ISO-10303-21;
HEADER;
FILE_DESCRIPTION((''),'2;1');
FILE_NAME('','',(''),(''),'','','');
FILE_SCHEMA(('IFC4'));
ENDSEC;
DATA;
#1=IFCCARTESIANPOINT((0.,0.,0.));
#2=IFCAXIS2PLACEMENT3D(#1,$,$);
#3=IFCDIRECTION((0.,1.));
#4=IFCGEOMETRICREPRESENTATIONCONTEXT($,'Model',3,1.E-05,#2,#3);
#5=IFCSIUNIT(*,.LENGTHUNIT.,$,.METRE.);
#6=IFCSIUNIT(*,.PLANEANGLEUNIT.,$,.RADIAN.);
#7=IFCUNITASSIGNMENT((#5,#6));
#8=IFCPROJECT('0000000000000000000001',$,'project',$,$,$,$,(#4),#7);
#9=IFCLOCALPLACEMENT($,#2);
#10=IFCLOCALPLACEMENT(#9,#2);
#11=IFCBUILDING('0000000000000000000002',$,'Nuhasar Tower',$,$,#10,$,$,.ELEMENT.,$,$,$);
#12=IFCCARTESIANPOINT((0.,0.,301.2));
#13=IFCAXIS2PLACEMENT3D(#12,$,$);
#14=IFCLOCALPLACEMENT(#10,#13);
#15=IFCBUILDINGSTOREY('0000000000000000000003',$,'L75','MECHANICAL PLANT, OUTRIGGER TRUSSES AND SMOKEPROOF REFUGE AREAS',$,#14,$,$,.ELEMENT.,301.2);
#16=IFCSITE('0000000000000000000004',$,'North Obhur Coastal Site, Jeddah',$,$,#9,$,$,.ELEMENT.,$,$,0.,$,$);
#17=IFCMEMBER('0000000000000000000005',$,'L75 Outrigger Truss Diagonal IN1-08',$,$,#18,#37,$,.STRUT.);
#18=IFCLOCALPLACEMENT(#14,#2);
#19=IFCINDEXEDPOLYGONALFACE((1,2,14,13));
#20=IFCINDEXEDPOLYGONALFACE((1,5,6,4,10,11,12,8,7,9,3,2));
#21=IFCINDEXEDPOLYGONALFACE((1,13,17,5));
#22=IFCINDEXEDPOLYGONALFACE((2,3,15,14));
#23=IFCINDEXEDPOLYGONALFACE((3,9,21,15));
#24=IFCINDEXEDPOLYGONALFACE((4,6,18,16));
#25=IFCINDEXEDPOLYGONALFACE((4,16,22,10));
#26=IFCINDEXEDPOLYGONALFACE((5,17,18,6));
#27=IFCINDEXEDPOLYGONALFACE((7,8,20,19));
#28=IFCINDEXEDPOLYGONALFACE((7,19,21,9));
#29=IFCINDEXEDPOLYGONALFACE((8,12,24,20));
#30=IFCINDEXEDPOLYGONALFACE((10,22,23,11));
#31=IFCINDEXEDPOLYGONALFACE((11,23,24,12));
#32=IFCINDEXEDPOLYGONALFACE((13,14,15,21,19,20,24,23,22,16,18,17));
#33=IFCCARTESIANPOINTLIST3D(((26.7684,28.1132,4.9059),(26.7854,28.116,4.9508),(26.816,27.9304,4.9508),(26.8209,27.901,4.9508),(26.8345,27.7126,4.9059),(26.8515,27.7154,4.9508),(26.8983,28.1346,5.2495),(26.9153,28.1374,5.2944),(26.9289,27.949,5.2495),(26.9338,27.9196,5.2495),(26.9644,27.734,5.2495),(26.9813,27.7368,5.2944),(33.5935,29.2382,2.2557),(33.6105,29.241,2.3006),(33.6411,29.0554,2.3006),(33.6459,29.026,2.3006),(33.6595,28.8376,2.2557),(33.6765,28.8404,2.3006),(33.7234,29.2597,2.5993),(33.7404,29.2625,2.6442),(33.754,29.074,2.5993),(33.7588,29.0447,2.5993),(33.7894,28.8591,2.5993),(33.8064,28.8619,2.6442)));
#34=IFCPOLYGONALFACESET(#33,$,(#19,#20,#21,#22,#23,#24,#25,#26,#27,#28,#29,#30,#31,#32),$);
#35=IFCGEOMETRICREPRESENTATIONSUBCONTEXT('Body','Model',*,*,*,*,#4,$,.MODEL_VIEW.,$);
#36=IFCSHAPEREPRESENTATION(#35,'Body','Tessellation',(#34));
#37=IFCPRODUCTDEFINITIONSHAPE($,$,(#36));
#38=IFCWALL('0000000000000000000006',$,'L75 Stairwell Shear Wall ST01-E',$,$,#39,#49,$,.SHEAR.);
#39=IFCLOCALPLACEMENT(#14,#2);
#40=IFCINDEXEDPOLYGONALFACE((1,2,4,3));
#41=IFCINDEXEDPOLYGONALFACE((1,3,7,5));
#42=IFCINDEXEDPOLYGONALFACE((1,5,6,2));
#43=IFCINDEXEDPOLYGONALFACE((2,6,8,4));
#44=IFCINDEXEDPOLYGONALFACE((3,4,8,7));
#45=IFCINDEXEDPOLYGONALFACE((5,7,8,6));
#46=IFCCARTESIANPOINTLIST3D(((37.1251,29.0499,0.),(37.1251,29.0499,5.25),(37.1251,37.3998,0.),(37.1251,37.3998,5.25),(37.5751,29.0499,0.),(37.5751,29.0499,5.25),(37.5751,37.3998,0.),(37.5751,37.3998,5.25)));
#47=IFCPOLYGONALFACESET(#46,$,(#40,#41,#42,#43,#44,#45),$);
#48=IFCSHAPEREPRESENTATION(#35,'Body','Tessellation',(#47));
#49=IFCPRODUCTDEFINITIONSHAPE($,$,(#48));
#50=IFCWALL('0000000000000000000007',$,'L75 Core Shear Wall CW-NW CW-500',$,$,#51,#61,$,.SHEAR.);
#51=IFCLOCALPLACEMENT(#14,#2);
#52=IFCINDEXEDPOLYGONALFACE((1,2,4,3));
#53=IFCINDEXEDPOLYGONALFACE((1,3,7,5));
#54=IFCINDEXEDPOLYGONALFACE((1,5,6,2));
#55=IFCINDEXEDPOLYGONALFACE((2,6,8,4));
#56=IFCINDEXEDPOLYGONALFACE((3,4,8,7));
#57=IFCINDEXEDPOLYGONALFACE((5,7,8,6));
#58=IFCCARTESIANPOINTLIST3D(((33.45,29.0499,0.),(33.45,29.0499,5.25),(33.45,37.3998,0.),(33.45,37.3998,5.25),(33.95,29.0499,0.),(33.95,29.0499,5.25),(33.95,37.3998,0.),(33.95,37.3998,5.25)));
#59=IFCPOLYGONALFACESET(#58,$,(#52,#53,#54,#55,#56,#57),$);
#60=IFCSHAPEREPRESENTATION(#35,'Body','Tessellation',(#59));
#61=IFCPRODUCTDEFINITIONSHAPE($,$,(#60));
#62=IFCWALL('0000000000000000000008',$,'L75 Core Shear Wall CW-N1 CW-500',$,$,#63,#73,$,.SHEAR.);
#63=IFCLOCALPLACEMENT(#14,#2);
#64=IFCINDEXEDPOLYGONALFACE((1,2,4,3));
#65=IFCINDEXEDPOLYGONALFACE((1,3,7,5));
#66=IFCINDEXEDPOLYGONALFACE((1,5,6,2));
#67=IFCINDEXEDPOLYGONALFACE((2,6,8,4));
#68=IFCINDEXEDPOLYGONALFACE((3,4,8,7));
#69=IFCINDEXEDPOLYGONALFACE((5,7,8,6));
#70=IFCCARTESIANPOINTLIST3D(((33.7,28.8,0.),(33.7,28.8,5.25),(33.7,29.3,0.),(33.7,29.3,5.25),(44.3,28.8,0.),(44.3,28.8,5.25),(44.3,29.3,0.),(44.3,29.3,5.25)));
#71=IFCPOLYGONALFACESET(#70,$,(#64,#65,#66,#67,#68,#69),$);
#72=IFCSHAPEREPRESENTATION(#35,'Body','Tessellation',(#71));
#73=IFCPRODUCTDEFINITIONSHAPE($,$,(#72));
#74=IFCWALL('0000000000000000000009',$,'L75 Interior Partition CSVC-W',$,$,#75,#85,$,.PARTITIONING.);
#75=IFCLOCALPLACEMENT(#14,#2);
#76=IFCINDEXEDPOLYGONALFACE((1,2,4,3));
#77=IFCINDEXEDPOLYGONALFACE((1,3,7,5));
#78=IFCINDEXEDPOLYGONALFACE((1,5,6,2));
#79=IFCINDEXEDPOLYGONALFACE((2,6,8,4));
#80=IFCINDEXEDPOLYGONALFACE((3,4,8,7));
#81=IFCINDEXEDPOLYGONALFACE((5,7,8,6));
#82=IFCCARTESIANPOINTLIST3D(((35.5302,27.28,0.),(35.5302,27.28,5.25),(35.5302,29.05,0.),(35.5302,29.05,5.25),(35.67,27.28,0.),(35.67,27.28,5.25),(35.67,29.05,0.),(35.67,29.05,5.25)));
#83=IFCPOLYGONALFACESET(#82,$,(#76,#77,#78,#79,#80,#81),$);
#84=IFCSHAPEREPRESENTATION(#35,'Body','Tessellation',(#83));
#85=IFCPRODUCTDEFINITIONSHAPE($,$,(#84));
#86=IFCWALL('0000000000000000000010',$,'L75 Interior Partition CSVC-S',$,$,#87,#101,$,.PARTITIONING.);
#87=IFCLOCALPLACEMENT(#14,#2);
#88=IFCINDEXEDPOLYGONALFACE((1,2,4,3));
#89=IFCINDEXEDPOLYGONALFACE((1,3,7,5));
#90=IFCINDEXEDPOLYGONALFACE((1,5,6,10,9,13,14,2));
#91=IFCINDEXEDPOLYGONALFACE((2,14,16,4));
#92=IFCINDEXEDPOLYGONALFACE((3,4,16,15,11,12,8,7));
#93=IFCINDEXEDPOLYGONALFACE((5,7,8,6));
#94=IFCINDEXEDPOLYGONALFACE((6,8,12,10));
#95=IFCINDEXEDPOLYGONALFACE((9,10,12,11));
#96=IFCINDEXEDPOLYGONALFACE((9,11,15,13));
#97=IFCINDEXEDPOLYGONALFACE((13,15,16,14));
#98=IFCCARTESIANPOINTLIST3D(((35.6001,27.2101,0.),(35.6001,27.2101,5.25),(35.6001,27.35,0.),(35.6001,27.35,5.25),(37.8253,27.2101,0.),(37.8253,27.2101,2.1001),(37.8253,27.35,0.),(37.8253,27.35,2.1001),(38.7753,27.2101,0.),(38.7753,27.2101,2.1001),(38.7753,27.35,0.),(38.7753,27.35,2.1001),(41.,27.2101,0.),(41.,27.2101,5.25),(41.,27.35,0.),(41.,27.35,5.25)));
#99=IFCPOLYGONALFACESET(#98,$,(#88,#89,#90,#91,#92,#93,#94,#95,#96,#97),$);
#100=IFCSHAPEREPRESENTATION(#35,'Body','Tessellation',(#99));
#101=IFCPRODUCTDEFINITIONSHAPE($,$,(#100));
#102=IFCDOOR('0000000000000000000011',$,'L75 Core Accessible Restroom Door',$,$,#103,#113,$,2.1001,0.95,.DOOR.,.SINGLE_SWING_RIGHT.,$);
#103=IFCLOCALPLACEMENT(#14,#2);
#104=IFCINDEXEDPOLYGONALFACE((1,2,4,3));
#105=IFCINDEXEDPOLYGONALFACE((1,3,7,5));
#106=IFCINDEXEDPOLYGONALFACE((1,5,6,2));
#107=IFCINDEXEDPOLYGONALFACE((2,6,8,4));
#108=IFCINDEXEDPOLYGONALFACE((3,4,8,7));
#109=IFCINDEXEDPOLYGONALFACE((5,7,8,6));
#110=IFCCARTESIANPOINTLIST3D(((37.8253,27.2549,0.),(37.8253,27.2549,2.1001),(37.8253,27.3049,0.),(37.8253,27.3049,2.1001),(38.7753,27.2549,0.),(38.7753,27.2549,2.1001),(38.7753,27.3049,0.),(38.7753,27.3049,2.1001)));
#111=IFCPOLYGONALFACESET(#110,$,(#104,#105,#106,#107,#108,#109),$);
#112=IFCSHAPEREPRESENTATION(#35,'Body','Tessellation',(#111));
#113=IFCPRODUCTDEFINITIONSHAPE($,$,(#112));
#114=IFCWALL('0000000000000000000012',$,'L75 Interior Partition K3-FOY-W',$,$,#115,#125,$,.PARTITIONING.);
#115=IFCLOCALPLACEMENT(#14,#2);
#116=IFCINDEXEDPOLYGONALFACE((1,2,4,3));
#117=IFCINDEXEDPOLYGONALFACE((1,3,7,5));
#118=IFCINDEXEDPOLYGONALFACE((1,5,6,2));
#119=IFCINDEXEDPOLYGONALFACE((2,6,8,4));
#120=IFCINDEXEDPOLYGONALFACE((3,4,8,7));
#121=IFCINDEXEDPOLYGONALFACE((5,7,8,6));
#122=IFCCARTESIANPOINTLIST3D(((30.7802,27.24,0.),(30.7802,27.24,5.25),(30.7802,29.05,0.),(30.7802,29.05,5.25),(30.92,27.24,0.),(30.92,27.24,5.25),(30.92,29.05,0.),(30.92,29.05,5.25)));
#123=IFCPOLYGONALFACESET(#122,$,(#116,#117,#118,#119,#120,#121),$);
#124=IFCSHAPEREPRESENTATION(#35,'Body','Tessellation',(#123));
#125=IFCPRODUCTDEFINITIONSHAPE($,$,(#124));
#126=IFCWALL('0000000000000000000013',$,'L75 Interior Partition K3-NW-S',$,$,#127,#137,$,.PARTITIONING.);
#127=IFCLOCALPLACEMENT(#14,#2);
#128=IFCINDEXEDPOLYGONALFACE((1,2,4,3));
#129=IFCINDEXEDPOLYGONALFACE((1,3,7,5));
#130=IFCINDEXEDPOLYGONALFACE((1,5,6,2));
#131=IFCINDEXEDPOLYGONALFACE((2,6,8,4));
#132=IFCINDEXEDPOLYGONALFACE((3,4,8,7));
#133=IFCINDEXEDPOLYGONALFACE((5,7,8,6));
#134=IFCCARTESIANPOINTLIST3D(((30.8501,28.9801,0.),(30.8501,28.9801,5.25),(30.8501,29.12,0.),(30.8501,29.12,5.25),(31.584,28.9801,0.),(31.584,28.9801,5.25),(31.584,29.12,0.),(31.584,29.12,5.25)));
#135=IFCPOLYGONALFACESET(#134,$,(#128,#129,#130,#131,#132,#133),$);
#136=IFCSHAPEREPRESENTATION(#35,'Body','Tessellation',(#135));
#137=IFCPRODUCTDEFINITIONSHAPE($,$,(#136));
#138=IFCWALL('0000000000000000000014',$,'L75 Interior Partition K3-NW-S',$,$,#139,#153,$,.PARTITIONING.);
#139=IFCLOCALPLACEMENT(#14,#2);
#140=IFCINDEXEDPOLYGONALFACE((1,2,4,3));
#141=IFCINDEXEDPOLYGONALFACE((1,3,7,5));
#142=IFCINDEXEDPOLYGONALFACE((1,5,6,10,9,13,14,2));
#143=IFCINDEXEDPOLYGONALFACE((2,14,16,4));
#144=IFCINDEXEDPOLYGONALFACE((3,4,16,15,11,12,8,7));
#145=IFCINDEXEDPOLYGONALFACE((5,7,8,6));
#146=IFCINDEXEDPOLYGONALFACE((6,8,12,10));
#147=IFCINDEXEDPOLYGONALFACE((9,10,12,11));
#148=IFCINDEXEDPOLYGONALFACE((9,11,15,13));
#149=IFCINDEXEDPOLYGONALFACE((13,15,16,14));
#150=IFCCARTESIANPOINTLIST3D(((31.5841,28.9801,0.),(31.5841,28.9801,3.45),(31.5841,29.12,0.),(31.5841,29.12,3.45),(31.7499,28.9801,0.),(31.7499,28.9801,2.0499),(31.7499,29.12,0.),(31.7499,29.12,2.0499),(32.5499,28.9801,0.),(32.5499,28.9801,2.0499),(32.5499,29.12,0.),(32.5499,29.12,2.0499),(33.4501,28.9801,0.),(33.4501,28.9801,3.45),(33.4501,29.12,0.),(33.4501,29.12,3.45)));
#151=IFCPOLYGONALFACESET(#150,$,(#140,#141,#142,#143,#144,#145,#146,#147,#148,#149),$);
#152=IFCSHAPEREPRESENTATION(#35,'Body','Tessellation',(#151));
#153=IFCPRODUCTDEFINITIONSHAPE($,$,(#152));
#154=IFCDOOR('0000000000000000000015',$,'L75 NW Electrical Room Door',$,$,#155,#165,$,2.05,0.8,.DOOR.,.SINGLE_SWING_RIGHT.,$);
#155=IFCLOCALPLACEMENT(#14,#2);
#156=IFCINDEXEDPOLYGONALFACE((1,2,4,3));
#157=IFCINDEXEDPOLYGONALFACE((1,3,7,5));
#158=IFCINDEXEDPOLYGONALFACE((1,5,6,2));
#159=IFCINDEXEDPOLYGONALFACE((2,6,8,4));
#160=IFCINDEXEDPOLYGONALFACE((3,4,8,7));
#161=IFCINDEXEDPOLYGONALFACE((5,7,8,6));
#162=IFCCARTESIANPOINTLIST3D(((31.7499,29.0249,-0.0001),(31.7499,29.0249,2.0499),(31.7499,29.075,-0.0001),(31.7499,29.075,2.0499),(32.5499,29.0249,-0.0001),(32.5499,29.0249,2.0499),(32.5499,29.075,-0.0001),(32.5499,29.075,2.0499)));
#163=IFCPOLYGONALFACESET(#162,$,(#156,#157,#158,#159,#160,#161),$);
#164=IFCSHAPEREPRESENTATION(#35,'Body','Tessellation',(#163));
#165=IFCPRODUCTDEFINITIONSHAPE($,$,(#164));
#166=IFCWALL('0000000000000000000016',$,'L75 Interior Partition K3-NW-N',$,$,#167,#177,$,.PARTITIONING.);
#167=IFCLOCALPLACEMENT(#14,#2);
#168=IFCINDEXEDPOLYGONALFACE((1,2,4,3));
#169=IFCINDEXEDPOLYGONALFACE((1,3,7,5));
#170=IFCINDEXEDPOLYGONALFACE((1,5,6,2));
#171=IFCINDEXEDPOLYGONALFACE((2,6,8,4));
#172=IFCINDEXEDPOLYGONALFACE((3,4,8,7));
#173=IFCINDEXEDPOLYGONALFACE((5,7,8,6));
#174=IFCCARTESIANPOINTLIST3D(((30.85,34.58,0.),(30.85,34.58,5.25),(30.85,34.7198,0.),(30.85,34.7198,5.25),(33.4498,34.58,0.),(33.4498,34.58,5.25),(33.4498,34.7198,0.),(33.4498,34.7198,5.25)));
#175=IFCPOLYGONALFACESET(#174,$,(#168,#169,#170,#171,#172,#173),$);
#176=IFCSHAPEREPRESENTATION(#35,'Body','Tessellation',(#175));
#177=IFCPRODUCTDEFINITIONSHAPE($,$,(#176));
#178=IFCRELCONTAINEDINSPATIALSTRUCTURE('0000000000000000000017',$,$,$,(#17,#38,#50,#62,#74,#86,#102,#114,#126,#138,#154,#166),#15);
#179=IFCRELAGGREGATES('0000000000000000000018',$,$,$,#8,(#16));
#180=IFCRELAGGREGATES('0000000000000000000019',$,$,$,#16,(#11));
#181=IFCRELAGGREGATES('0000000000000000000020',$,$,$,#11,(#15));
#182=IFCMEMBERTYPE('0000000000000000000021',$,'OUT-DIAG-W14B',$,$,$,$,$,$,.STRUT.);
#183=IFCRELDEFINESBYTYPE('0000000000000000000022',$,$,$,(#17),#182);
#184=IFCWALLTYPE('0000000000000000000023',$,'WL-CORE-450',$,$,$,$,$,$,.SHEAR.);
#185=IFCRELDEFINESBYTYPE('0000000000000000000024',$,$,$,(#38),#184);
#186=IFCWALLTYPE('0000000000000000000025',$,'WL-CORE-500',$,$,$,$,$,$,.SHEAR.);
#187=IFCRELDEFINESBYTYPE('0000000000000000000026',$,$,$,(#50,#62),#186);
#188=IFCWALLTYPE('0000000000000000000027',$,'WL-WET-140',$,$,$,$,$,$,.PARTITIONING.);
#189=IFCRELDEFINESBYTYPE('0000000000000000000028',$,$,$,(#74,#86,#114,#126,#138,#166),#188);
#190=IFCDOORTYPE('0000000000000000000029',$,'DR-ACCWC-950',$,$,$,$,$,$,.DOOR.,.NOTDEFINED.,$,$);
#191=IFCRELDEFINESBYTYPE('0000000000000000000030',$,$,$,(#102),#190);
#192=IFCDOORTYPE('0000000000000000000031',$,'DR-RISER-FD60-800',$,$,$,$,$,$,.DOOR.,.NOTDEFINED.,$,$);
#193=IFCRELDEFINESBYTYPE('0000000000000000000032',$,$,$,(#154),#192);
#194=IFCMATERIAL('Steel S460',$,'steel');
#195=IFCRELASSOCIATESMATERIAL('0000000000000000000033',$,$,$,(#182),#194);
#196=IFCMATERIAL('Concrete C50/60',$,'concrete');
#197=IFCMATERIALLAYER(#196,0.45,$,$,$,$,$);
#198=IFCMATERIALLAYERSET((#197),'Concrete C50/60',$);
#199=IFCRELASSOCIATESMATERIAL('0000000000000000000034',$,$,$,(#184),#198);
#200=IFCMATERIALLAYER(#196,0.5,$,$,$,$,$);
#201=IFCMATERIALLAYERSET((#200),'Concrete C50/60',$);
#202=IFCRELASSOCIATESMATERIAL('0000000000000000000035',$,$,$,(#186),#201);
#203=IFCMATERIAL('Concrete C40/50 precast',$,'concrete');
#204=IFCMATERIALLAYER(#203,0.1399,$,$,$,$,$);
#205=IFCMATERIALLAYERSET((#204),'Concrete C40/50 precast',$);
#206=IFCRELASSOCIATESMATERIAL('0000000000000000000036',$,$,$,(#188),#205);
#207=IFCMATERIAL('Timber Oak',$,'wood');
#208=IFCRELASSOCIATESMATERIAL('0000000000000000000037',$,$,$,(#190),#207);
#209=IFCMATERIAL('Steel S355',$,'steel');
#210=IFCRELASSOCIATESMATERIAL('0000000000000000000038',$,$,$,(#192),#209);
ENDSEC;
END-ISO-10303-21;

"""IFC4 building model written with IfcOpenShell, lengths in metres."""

from ifc_helpers import new_model, si_unit, direction, frame, frame_2d, origin, origin_2d, place, context, subcontext, project, spatial, rectangle, i_section, extrude, material, layer, layer_set, material_profile, profile_set, type_object, element, fill, save


model = new_model("IFC4")

# Units and contexts
model_context = context("Model", 3, precision=1e-05, world=origin(), true_north=direction((0.0, 1.0)))
body_context = subcontext(model_context, "Body", "Model", "MODEL_VIEW")
ifc_project = project(units=[si_unit("LENGTHUNIT", "METRE"), si_unit("PLANEANGLEUNIT", "RADIAN")], contexts=[model_context])

# Site, building, storey
site_placement = place(None, origin())
site = spatial("IfcSite", under=ifc_project, at=site_placement, Name="North Obhur Coastal Site, Jeddah", CompositionType="ELEMENT", RefElevation=0.0)
building_placement = place(site_placement, origin())
building = spatial("IfcBuilding", under=site, at=building_placement, Name="Nuhasar Tower", CompositionType="ELEMENT")
storey_placement = place(building_placement, frame((0.0, 0.0, 301.2)))
storey = spatial("IfcBuildingStorey", under=building, at=storey_placement, Name="L75", Description="MECHANICAL PLANT, OUTRIGGER TRUSSES AND SMOKEPROOF REFUGE AREAS", CompositionType="ELEMENT", Elevation=301.2)

# Shared definitions
ifc_material_1 = material(Name="Concrete C50/60", Category="concrete")

# Shared definitions
ifc_material_2 = material(Name="Steel S355", Category="steel")

# Member
ifc_material_3 = material(Name="Steel S460", Category="steel")
ifc_material_profile_1 = material_profile(ifc_material_3, i_section(OverallWidth=0.406, OverallDepth=0.416, WebThickness=0.0298, FlangeThickness=0.0481, at=origin_2d()), Name="W14X257")
ifc_profile_set_1 = profile_set([ifc_material_profile_1], Name="Steel S460")
member_type = type_object("IfcMemberType", Name="OUT-DIAG-W14B", PredefinedType="STRUT", material=ifc_profile_set_1)
member_1_placement = place(storey_placement, frame((33.7, 29.05, 2.45), z_axis=(-0.921375, -0.151876, 0.357772), x_axis=(0.162642, -0.986685, 0.0)))
element("IfcMember", 1, at=member_1_placement, inside=storey, type_object=member_type, Name="L75 Outrigger Truss Diagonal IN1-08", PredefinedType="STRUT", context=body_context, shape_type="SweptSolid", body=[
    extrude(i_section(OverallWidth=0.406, OverallDepth=0.416, WebThickness=0.0298, FlangeThickness=0.0481, at=origin_2d()), origin(), (0.0, 0.0, 1.0), 7.4075),
])

# Walls
ifc_layer_1 = layer(ifc_material_1, 0.45)
ifc_layer_set_1 = layer_set([ifc_layer_1], Name="Concrete C50/60")
wall_type_1 = type_object("IfcWallType", Name="WL-CORE-450", PredefinedType="SHEAR", material=ifc_layer_set_1)
wall_1_placement = place(storey_placement, frame((37.3501, 29.05, 0.0), z_axis=(0.0, 0.0, 1.0), x_axis=(0.0, 1.0, 0.0)))
element("IfcWall", 2, at=wall_1_placement, inside=storey, type_object=wall_type_1, Name="L75 Stairwell Shear Wall ST01-E", PredefinedType="SHEAR", context=body_context, shape_type="SweptSolid", body=[
    extrude(rectangle(XDim=8.3499, YDim=0.45, at=frame_2d((4.1748, 0.0))), origin(), (0.0, 0.0, 1.0), 5.25),
])
ifc_layer_2 = layer(ifc_material_1, 0.5)
ifc_layer_set_2 = layer_set([ifc_layer_2], Name="Concrete C50/60")
wall_type_2 = type_object("IfcWallType", Name="WL-CORE-500", PredefinedType="SHEAR", material=ifc_layer_set_2)
wall_2_placement = place(storey_placement, frame((33.7, 29.05, 0.0), z_axis=(0.0, 0.0, 1.0), x_axis=(0.0, 1.0, 0.0)))
element("IfcWall", 3, at=wall_2_placement, inside=storey, type_object=wall_type_2, Name="L75 Core Shear Wall CW-NW CW-500", PredefinedType="SHEAR", context=body_context, shape_type="SweptSolid", body=[
    extrude(rectangle(XDim=8.3499, YDim=0.5, at=frame_2d((4.1748, 0.0))), origin(), (0.0, 0.0, 1.0), 5.25),
])
wall_3_placement = place(storey_placement, frame((33.7, 29.05, 0.0), z_axis=(0.0, 0.0, 1.0), x_axis=(1.0, 0.0, 0.0)))
element("IfcWall", 4, at=wall_3_placement, inside=storey, type_object=wall_type_2, Name="L75 Core Shear Wall CW-N1 CW-500", PredefinedType="SHEAR", context=body_context, shape_type="SweptSolid", body=[
    extrude(rectangle(XDim=10.6001, YDim=0.5, at=frame_2d((5.3, 0.0))), origin(), (0.0, 0.0, 1.0), 5.25),
])
ifc_material_4 = material(Name="Concrete C40/50 precast", Category="concrete")
ifc_layer_3 = layer(ifc_material_4, 0.1399)
ifc_layer_set_3 = layer_set([ifc_layer_3], Name="Concrete C40/50 precast")
wall_type_3 = type_object("IfcWallType", Name="WL-WET-140", PredefinedType="PARTITIONING", material=ifc_layer_set_3)
wall_4_placement = place(storey_placement, frame((35.6001, 27.28, 0.0), z_axis=(0.0, 0.0, 1.0), x_axis=(0.0, 1.0, 0.0)))
element("IfcWall", 5, at=wall_4_placement, inside=storey, type_object=wall_type_3, Name="L75 Interior Partition CSVC-W", PredefinedType="PARTITIONING", context=body_context, shape_type="SweptSolid", body=[
    extrude(rectangle(XDim=1.77, YDim=0.1399, at=frame_2d((0.885, 0.0))), origin(), (0.0, 0.0, 1.0), 5.25),
])

# Wall, opening, door
wall_5_placement = place(storey_placement, frame((35.6001, 27.28, 0.0), z_axis=(0.0, 0.0, 1.0), x_axis=(1.0, 0.0, 0.0)))
wall_5 = element("IfcWall", 6, at=wall_5_placement, inside=storey, type_object=wall_type_3, Name="L75 Interior Partition CSVC-S", PredefinedType="PARTITIONING", context=body_context, shape_type="SweptSolid", body=[
    extrude(rectangle(XDim=5.3999, YDim=0.1399, at=frame_2d((2.7, 0.0))), origin(), (0.0, 0.0, 1.0), 5.25),
])
opening_1_placement = place(wall_5_placement, frame((2.2251, 0.0, 0.0)))
opening_1 = element("IfcOpeningElement", 7, at=opening_1_placement, cuts=wall_5, PredefinedType="OPENING", context=body_context, shape_type="SweptSolid", body=[
    extrude(rectangle(XDim=0.95, YDim=2.1001, at=frame_2d((0.4751, 1.05))), frame((0.0, 0.0801, 0.0), z_axis=(0.0, -1.0, 0.0), x_axis=(1.0, 0.0, 0.0)), (0.0, 0.0, 1.0), 0.1599),
])
ifc_material_5 = material(Name="Timber Oak", Category="wood")
door_type_1 = type_object("IfcDoorType", Name="DR-ACCWC-950", OperationType="NOTDEFINED", PredefinedType="DOOR", material=ifc_material_5)
door_1_placement = place(opening_1_placement, origin())
door_1 = element("IfcDoor", 8, at=door_1_placement, inside=storey, type_object=door_type_1, Name="L75 Core Accessible Restroom Door", OperationType="SINGLE_SWING_RIGHT", OverallHeight=2.1001, OverallWidth=0.95, PredefinedType="DOOR", context=body_context, shape_type="SweptSolid", body=[
    extrude(rectangle(XDim=0.95, YDim=2.1001, at=frame_2d((0.4751, 1.05))), frame((0.0, 0.0249, 0.0), z_axis=(0.0, -1.0, 0.0), x_axis=(1.0, 0.0, 0.0)), (0.0, 0.0, 1.0), 0.05),
])
fill(opening_1, door_1)

# Walls
wall_6_placement = place(storey_placement, frame((30.8501, 27.24, 0.0), z_axis=(0.0, 0.0, 1.0), x_axis=(0.0, 1.0, 0.0)))
element("IfcWall", 9, at=wall_6_placement, inside=storey, type_object=wall_type_3, Name="L75 Interior Partition K3-FOY-W", PredefinedType="PARTITIONING", context=body_context, shape_type="SweptSolid", body=[
    extrude(rectangle(XDim=1.8101, YDim=0.1399, at=frame_2d((0.905, 0.0))), origin(), (0.0, 0.0, 1.0), 5.25),
])
wall_7_placement = place(storey_placement, frame((30.8501, 29.05, 0.0), z_axis=(0.0, 0.0, 1.0), x_axis=(1.0, 0.0, 0.0)))
element("IfcWall", 10, at=wall_7_placement, inside=storey, type_object=wall_type_3, Name="L75 Interior Partition K3-NW-S", PredefinedType="PARTITIONING", context=body_context, shape_type="SweptSolid", body=[
    extrude(rectangle(XDim=0.7339, YDim=0.1399, at=frame_2d((0.3669, 0.0))), origin(), (0.0, 0.0, 1.0), 5.25),
])

# Wall, opening, door
wall_8_placement = place(storey_placement, frame((31.584, 29.05, 0.0), z_axis=(0.0, 0.0, 1.0), x_axis=(1.0, 0.0, 0.0)))
wall_8 = element("IfcWall", 11, at=wall_8_placement, inside=storey, type_object=wall_type_3, Name="L75 Interior Partition K3-NW-S", PredefinedType="PARTITIONING", context=body_context, shape_type="SweptSolid", body=[
    extrude(rectangle(XDim=1.866, YDim=0.1399, at=frame_2d((0.9331, 0.0))), origin(), (0.0, 0.0, 1.0), 3.45),
])
opening_2_placement = place(wall_8_placement, frame((0.166, 0.0, 0.0)))
opening_2 = element("IfcOpeningElement", 12, at=opening_2_placement, cuts=wall_8, PredefinedType="OPENING", context=body_context, shape_type="SweptSolid", body=[
    extrude(rectangle(XDim=0.8, YDim=2.05, at=frame_2d((0.3999, 1.0249))), frame((0.0, 0.0801, 0.0), z_axis=(0.0, -1.0, 0.0), x_axis=(1.0, 0.0, 0.0)), (0.0, 0.0, 1.0), 0.1599),
])
door_type_2 = type_object("IfcDoorType", Name="DR-RISER-FD60-800", OperationType="NOTDEFINED", PredefinedType="DOOR", material=ifc_material_2)
door_2_placement = place(opening_2_placement, origin())
door_2 = element("IfcDoor", 13, at=door_2_placement, inside=storey, type_object=door_type_2, Name="L75 NW Electrical Room Door", OperationType="SINGLE_SWING_RIGHT", OverallHeight=2.05, OverallWidth=0.8, PredefinedType="DOOR", context=body_context, shape_type="SweptSolid", body=[
    extrude(rectangle(XDim=0.8, YDim=2.05, at=frame_2d((0.3999, 1.0249))), frame((0.0, 0.0249, 0.0), z_axis=(0.0, -1.0, 0.0), x_axis=(1.0, 0.0, 0.0)), (0.0, 0.0, 1.0), 0.05),
])
fill(opening_2, door_2)

# Wall
wall_9_placement = place(storey_placement, frame((30.8501, 34.6499, 0.0), z_axis=(0.0, 0.0, 1.0), x_axis=(1.0, 0.0, 0.0)))
element("IfcWall", 14, at=wall_9_placement, inside=storey, type_object=wall_type_3, Name="L75 Interior Partition K3-NW-N", PredefinedType="PARTITIONING", context=body_context, shape_type="SweptSolid", body=[
    extrude(rectangle(XDim=2.5999, YDim=0.1399, at=frame_2d((1.2998, 0.0))), origin(), (0.0, 0.0, 1.0), 5.25),
])

save(model, "model.ifc")
